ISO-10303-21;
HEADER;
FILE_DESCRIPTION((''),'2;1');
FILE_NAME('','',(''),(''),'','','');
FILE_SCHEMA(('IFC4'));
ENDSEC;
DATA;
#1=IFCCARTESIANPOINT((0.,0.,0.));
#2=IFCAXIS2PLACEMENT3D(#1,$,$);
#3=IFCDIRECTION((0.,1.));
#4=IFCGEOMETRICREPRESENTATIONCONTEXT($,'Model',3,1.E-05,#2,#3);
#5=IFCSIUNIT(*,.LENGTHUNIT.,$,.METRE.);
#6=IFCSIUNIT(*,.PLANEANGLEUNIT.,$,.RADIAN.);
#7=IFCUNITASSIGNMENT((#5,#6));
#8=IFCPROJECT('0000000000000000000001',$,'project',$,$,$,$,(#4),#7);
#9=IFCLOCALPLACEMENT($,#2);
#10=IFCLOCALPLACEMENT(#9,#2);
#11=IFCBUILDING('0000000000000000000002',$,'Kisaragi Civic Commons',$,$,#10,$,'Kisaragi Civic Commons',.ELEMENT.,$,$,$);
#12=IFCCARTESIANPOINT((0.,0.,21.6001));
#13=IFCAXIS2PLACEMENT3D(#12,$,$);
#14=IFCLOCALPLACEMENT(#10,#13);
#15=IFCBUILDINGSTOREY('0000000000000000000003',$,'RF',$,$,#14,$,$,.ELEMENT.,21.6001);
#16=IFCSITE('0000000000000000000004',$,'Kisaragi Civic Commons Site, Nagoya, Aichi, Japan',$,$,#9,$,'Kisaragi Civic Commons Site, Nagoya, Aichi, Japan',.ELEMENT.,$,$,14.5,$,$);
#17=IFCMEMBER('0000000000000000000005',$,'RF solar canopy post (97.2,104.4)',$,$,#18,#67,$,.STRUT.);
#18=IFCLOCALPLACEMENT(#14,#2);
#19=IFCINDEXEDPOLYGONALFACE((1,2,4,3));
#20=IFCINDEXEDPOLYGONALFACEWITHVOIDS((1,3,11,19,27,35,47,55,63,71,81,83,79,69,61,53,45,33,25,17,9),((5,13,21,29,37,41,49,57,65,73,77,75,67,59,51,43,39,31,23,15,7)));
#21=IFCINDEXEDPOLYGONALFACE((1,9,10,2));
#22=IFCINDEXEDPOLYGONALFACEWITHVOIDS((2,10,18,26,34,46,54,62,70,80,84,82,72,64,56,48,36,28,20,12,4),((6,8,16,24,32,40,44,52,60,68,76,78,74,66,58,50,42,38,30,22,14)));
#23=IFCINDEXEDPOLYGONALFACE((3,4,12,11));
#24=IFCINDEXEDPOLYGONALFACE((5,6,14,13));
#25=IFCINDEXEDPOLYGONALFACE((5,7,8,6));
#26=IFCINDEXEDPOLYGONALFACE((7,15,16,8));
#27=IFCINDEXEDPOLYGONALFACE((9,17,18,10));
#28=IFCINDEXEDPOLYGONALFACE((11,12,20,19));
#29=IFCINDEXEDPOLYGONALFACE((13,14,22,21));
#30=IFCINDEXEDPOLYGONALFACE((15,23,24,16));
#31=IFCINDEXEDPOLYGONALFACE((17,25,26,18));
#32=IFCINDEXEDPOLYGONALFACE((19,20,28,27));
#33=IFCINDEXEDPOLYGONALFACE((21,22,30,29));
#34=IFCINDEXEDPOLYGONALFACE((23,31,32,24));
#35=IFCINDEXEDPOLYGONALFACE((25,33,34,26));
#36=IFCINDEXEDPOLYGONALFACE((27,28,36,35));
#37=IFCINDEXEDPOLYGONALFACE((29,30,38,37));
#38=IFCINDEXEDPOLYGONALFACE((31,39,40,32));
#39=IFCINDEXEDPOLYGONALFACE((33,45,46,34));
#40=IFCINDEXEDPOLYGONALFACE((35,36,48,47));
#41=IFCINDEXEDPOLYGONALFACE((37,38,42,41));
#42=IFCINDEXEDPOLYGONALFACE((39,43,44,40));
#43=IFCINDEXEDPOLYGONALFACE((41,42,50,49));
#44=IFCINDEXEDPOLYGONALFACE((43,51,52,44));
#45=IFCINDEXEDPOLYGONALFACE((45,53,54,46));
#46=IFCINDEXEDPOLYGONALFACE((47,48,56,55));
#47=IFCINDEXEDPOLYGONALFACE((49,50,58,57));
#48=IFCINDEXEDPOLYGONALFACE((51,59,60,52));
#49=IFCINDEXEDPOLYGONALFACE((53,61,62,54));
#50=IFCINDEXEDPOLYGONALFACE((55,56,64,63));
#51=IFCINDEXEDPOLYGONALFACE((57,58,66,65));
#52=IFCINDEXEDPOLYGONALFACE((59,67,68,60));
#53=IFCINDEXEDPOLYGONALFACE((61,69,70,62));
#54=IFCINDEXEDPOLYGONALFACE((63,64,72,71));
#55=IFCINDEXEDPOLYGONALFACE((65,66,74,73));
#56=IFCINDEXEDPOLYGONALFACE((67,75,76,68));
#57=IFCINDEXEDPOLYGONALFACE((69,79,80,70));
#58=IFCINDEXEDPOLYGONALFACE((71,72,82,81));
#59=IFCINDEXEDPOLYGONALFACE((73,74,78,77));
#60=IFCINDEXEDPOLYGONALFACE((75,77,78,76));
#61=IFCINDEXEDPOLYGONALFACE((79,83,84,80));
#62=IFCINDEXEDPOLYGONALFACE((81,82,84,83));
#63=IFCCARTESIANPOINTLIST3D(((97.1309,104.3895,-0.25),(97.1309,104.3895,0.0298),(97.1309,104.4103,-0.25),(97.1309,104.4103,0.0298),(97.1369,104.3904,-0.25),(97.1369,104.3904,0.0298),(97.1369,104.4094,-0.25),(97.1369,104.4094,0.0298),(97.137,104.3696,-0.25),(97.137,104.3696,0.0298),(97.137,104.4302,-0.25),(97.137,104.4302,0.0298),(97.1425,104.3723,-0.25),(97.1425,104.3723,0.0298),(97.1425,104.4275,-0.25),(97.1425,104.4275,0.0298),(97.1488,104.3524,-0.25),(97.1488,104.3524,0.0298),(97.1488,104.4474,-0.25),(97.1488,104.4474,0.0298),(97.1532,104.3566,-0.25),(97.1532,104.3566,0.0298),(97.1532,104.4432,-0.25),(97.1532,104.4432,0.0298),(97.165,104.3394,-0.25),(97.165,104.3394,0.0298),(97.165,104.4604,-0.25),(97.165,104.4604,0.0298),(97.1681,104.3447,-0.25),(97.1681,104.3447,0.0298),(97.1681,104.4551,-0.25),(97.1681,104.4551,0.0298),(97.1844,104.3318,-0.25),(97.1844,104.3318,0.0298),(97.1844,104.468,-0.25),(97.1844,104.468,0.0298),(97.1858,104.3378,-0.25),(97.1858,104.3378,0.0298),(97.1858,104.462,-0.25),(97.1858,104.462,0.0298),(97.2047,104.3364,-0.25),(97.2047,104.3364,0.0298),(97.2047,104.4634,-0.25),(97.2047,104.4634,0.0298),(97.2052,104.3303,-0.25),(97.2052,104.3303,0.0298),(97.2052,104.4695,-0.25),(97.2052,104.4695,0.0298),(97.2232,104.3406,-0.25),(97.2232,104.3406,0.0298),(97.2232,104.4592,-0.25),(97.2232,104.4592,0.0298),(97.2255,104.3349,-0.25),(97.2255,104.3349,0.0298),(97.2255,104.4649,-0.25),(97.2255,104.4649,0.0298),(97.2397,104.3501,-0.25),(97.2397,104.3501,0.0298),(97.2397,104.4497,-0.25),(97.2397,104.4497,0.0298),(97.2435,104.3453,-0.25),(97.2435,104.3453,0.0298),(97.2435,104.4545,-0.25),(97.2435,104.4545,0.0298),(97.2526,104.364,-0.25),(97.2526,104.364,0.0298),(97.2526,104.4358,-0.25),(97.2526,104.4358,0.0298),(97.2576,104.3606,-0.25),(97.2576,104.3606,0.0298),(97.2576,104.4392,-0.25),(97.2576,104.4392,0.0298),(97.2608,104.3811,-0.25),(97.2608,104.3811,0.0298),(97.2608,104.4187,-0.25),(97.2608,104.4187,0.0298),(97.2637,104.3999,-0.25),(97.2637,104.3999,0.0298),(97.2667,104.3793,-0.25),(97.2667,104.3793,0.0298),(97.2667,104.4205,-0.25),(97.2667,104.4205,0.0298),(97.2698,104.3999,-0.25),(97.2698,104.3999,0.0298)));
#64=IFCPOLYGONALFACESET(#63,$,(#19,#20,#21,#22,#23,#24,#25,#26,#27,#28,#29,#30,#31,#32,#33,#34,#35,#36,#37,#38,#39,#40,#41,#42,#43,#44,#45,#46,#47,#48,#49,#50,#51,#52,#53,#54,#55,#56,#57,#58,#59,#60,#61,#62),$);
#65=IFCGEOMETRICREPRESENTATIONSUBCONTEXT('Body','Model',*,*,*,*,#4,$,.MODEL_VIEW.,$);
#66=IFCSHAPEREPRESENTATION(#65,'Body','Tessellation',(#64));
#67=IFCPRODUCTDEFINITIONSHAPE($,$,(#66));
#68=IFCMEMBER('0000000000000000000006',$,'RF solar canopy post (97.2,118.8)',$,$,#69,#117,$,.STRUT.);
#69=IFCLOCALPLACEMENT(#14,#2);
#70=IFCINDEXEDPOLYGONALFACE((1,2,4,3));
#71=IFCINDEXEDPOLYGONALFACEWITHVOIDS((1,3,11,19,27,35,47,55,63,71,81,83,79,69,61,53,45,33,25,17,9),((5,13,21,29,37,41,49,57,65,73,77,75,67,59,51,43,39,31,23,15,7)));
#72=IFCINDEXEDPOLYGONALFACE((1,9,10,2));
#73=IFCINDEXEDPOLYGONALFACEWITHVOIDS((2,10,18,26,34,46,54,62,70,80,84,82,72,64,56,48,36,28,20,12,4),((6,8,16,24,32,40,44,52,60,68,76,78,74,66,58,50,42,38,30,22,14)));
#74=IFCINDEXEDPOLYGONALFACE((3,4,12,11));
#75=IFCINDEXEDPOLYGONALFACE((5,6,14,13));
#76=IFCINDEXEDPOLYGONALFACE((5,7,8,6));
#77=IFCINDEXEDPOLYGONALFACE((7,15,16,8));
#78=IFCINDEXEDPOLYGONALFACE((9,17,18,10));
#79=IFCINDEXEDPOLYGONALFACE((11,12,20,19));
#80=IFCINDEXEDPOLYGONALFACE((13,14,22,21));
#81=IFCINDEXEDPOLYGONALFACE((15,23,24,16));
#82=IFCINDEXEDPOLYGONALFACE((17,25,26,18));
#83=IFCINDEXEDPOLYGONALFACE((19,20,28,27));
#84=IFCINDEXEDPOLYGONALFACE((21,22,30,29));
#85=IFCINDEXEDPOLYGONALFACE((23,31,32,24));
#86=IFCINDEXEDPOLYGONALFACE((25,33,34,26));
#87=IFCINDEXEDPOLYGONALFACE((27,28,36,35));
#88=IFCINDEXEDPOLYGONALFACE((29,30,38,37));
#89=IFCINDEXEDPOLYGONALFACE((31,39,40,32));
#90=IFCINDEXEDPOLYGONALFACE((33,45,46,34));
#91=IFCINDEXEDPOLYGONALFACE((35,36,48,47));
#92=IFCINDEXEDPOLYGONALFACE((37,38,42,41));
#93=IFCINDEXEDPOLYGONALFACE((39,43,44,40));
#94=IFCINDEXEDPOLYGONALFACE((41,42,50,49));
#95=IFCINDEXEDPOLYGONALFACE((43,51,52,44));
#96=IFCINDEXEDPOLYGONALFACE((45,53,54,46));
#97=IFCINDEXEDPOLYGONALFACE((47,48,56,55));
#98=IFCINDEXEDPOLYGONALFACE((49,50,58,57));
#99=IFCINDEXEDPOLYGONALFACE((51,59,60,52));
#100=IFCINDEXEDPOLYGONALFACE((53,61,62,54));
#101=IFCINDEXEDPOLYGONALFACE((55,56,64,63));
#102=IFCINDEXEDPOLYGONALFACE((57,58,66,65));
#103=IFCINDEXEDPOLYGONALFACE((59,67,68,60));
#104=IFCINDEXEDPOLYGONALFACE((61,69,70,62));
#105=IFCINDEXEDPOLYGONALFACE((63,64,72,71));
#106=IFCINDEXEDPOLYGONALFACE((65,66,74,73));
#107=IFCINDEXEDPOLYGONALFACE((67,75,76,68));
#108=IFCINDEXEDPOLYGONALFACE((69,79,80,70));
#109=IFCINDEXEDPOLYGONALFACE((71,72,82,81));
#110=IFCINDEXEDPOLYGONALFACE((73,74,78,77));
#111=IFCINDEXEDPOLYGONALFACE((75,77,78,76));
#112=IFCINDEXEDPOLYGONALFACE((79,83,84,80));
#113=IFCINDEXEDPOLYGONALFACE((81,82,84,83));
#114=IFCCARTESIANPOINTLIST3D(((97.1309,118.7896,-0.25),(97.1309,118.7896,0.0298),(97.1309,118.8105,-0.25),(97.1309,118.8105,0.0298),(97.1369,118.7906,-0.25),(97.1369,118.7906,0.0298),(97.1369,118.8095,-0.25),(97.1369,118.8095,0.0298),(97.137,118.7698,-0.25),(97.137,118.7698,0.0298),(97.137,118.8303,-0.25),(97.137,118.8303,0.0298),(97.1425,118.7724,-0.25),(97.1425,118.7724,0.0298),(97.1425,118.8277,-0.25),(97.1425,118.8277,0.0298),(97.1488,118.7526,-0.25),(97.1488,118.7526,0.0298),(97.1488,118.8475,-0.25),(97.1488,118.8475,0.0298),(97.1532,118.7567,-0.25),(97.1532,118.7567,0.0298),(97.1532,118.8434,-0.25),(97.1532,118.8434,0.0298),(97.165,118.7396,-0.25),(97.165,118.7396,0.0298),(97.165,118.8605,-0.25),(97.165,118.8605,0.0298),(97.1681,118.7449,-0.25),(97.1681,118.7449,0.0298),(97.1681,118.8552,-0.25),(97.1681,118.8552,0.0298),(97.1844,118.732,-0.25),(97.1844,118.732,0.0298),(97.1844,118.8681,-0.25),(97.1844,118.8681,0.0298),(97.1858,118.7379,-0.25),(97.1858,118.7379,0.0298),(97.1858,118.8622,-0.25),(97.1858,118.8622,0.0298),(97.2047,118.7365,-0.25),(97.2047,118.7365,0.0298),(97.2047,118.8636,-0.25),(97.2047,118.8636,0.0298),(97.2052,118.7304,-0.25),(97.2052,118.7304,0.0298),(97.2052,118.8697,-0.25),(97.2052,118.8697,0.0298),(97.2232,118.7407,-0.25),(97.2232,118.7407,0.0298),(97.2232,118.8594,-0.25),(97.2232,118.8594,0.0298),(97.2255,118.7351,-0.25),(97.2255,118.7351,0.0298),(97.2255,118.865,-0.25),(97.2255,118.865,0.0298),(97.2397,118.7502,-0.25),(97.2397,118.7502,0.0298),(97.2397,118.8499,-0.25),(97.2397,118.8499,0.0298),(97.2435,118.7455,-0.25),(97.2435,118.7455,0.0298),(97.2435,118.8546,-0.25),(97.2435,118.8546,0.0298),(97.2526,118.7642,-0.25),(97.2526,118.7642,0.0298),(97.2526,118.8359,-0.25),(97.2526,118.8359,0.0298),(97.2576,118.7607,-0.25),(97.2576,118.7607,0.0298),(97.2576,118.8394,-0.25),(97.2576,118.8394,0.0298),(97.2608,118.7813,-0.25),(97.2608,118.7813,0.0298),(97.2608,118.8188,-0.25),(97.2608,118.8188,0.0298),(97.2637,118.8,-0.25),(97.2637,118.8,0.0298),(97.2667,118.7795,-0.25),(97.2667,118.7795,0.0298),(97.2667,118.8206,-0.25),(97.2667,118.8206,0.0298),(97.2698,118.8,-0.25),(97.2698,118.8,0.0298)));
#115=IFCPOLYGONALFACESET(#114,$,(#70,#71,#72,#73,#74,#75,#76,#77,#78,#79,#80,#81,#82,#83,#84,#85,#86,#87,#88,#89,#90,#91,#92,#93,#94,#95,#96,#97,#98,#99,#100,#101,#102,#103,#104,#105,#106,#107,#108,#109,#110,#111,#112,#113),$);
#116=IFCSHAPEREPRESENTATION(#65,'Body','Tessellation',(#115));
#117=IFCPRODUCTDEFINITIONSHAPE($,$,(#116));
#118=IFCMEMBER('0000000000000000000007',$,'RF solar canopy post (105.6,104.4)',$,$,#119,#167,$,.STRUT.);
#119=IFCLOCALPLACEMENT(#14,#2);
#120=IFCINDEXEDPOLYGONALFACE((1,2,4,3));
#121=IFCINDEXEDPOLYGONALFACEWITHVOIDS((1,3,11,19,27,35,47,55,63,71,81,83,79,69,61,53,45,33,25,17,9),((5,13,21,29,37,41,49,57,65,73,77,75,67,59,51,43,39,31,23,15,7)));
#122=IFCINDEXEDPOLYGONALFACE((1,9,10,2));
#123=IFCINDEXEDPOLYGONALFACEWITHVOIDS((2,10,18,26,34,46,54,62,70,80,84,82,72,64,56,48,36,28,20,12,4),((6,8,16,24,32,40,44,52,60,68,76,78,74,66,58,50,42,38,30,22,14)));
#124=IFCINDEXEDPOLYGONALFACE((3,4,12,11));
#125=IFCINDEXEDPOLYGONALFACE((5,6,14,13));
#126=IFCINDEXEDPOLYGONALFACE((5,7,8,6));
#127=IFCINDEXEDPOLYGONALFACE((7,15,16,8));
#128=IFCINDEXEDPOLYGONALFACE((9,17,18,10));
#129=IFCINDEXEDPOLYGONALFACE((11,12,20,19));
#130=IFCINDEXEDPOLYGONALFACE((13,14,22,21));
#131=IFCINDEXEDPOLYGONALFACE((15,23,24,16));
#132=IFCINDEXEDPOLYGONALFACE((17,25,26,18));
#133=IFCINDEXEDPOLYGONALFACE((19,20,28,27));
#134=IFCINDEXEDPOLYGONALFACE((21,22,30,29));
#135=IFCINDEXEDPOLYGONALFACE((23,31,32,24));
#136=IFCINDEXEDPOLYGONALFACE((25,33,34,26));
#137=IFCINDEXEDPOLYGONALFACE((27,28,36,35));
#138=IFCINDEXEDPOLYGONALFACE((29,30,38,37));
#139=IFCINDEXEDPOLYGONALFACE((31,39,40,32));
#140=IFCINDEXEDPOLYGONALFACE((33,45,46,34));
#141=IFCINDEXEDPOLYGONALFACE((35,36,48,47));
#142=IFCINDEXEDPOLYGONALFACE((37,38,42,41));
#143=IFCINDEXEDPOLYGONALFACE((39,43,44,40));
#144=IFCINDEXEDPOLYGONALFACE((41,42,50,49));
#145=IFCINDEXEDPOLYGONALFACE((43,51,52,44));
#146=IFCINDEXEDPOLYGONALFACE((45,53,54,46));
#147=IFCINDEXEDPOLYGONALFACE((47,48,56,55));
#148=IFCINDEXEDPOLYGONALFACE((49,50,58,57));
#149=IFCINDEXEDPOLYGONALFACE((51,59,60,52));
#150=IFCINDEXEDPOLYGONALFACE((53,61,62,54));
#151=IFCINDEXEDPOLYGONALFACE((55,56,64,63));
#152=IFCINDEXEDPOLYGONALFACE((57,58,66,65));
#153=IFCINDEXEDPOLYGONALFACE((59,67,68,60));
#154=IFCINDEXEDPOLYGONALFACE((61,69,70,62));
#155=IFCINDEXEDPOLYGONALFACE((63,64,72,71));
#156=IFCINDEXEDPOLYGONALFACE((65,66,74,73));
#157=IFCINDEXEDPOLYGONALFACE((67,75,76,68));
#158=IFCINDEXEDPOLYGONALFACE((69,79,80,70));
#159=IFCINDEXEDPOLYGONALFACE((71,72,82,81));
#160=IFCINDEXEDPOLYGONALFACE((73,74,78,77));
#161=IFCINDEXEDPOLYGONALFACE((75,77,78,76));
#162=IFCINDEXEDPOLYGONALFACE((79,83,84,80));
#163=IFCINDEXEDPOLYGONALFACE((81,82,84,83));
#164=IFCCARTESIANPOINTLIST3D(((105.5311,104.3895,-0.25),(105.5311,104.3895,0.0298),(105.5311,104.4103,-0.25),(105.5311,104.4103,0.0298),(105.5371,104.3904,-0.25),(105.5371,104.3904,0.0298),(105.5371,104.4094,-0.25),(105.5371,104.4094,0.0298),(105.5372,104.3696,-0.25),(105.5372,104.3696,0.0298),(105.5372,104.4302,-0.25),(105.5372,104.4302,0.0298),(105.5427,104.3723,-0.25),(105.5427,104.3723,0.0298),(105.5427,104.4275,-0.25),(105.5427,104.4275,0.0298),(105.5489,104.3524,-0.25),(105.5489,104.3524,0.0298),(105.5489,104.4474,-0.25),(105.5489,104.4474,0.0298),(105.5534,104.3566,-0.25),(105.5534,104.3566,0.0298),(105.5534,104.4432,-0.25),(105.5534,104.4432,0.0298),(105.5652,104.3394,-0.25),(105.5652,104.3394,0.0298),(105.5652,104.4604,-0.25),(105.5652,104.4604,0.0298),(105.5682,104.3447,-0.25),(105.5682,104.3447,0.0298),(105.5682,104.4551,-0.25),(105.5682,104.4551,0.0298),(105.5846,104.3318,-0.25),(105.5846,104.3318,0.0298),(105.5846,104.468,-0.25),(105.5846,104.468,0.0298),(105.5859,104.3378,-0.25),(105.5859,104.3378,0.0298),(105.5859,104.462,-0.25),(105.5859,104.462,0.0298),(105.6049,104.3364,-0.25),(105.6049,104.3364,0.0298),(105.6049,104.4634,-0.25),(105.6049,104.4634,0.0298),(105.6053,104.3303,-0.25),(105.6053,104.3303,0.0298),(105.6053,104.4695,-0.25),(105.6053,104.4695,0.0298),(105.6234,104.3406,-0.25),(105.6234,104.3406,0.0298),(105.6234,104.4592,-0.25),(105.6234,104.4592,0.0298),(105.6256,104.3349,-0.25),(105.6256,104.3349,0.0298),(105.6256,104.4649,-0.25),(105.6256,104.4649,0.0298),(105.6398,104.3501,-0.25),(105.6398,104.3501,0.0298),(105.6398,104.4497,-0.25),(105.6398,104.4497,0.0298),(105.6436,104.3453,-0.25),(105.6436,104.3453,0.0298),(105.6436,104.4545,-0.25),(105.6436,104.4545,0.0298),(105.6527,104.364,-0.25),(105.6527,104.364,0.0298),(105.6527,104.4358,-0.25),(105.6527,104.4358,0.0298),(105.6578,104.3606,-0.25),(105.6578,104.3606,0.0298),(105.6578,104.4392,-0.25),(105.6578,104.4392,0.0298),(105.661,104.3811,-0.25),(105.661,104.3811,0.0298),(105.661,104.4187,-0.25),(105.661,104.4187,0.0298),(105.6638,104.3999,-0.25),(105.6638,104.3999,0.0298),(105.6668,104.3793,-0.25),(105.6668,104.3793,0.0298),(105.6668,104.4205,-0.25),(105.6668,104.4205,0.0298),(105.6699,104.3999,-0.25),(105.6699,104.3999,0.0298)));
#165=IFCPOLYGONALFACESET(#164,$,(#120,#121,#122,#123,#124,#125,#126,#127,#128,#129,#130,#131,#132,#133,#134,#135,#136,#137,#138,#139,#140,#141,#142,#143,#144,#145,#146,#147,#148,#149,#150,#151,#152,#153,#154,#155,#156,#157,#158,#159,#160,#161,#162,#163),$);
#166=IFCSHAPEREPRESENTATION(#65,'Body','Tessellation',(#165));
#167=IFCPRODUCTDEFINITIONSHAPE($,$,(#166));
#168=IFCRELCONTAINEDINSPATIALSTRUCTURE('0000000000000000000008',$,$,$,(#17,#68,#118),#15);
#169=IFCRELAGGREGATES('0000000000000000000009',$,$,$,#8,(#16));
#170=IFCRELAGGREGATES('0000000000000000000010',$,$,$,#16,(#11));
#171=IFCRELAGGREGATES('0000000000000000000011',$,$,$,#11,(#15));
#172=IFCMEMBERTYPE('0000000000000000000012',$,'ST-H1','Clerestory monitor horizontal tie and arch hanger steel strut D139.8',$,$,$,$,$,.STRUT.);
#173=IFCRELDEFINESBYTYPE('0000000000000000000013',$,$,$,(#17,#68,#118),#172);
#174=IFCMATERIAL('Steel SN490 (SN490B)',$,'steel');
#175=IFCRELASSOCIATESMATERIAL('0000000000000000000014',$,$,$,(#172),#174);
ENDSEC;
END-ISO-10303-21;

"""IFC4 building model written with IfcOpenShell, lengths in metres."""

from ifc_helpers import new_model, si_unit, direction, frame, origin, origin_2d, place, context, subcontext, project, spatial, hollow_circle, extrude, material, material_profile, profile_set, type_object, element, save


model = new_model("IFC4")

# Units and contexts
model_context = context("Model", 3, precision=1e-05, world=origin(), true_north=direction((0.0, 1.0)))
body_context = subcontext(model_context, "Body", "Model", "MODEL_VIEW")
ifc_project = project(units=[si_unit("LENGTHUNIT", "METRE"), si_unit("PLANEANGLEUNIT", "RADIAN")], contexts=[model_context])

# Site, building, storey
site_placement = place(None, origin())
site = spatial("IfcSite", under=ifc_project, at=site_placement, Name="Kisaragi Civic Commons Site, Nagoya, Aichi, Japan", LongName="Kisaragi Civic Commons Site, Nagoya, Aichi, Japan", CompositionType="ELEMENT", RefElevation=14.5)
building_placement = place(site_placement, origin())
building = spatial("IfcBuilding", under=site, at=building_placement, Name="Kisaragi Civic Commons", LongName="Kisaragi Civic Commons", CompositionType="ELEMENT")
storey_placement = place(building_placement, frame((0.0, 0.0, 21.6001)))
storey = spatial("IfcBuildingStorey", under=building, at=storey_placement, Name="RF", CompositionType="ELEMENT", Elevation=21.6001)

# Members
ifc_material_1 = material(Name="Steel SN490 (SN490B)", Category="steel")
ifc_material_profile_1 = material_profile(ifc_material_1, hollow_circle(Radius=0.0698, WallThickness=0.0061, at=origin_2d()), Name="CHS-139.8x6.0", Category="steel")
ifc_profile_set_1 = profile_set([ifc_material_profile_1], Name="Steel SN490 (SN490B)")
member_type_1 = type_object("IfcMemberType", Name="ST-H1", Description="Clerestory monitor horizontal tie and arch hanger steel strut D139.8", PredefinedType="STRUT", material=ifc_profile_set_1)
for number, where, z_axis, x_axis, name in (
    (1, (97.2, 104.3999, -0.25), (0.0, 0.0, 1.0), (1.0, 0.0, 0.0), "RF solar canopy post (97.2,104.4)"),
    (2, (97.2, 118.8, -0.25), (0.0, 0.0, 1.0), (1.0, 0.0, 0.0), "RF solar canopy post (97.2,118.8)"),
    (3, (105.6001, 104.3999, -0.25), (0.0, 0.0, 1.0), (1.0, 0.0, 0.0), "RF solar canopy post (105.6,104.4)"),
):
    element("IfcMember", number, at=place(storey_placement, frame(where, z_axis=z_axis, x_axis=x_axis)), inside=storey, type_object=member_type_1, Name=name, PredefinedType="STRUT", context=body_context, shape_type="SweptSolid", body=[
        extrude(hollow_circle(Radius=0.0698, WallThickness=0.0061, at=origin_2d()), origin(), (0.0, 0.0, 1.0), 0.2798),
    ])

save(model, "model.ifc")
